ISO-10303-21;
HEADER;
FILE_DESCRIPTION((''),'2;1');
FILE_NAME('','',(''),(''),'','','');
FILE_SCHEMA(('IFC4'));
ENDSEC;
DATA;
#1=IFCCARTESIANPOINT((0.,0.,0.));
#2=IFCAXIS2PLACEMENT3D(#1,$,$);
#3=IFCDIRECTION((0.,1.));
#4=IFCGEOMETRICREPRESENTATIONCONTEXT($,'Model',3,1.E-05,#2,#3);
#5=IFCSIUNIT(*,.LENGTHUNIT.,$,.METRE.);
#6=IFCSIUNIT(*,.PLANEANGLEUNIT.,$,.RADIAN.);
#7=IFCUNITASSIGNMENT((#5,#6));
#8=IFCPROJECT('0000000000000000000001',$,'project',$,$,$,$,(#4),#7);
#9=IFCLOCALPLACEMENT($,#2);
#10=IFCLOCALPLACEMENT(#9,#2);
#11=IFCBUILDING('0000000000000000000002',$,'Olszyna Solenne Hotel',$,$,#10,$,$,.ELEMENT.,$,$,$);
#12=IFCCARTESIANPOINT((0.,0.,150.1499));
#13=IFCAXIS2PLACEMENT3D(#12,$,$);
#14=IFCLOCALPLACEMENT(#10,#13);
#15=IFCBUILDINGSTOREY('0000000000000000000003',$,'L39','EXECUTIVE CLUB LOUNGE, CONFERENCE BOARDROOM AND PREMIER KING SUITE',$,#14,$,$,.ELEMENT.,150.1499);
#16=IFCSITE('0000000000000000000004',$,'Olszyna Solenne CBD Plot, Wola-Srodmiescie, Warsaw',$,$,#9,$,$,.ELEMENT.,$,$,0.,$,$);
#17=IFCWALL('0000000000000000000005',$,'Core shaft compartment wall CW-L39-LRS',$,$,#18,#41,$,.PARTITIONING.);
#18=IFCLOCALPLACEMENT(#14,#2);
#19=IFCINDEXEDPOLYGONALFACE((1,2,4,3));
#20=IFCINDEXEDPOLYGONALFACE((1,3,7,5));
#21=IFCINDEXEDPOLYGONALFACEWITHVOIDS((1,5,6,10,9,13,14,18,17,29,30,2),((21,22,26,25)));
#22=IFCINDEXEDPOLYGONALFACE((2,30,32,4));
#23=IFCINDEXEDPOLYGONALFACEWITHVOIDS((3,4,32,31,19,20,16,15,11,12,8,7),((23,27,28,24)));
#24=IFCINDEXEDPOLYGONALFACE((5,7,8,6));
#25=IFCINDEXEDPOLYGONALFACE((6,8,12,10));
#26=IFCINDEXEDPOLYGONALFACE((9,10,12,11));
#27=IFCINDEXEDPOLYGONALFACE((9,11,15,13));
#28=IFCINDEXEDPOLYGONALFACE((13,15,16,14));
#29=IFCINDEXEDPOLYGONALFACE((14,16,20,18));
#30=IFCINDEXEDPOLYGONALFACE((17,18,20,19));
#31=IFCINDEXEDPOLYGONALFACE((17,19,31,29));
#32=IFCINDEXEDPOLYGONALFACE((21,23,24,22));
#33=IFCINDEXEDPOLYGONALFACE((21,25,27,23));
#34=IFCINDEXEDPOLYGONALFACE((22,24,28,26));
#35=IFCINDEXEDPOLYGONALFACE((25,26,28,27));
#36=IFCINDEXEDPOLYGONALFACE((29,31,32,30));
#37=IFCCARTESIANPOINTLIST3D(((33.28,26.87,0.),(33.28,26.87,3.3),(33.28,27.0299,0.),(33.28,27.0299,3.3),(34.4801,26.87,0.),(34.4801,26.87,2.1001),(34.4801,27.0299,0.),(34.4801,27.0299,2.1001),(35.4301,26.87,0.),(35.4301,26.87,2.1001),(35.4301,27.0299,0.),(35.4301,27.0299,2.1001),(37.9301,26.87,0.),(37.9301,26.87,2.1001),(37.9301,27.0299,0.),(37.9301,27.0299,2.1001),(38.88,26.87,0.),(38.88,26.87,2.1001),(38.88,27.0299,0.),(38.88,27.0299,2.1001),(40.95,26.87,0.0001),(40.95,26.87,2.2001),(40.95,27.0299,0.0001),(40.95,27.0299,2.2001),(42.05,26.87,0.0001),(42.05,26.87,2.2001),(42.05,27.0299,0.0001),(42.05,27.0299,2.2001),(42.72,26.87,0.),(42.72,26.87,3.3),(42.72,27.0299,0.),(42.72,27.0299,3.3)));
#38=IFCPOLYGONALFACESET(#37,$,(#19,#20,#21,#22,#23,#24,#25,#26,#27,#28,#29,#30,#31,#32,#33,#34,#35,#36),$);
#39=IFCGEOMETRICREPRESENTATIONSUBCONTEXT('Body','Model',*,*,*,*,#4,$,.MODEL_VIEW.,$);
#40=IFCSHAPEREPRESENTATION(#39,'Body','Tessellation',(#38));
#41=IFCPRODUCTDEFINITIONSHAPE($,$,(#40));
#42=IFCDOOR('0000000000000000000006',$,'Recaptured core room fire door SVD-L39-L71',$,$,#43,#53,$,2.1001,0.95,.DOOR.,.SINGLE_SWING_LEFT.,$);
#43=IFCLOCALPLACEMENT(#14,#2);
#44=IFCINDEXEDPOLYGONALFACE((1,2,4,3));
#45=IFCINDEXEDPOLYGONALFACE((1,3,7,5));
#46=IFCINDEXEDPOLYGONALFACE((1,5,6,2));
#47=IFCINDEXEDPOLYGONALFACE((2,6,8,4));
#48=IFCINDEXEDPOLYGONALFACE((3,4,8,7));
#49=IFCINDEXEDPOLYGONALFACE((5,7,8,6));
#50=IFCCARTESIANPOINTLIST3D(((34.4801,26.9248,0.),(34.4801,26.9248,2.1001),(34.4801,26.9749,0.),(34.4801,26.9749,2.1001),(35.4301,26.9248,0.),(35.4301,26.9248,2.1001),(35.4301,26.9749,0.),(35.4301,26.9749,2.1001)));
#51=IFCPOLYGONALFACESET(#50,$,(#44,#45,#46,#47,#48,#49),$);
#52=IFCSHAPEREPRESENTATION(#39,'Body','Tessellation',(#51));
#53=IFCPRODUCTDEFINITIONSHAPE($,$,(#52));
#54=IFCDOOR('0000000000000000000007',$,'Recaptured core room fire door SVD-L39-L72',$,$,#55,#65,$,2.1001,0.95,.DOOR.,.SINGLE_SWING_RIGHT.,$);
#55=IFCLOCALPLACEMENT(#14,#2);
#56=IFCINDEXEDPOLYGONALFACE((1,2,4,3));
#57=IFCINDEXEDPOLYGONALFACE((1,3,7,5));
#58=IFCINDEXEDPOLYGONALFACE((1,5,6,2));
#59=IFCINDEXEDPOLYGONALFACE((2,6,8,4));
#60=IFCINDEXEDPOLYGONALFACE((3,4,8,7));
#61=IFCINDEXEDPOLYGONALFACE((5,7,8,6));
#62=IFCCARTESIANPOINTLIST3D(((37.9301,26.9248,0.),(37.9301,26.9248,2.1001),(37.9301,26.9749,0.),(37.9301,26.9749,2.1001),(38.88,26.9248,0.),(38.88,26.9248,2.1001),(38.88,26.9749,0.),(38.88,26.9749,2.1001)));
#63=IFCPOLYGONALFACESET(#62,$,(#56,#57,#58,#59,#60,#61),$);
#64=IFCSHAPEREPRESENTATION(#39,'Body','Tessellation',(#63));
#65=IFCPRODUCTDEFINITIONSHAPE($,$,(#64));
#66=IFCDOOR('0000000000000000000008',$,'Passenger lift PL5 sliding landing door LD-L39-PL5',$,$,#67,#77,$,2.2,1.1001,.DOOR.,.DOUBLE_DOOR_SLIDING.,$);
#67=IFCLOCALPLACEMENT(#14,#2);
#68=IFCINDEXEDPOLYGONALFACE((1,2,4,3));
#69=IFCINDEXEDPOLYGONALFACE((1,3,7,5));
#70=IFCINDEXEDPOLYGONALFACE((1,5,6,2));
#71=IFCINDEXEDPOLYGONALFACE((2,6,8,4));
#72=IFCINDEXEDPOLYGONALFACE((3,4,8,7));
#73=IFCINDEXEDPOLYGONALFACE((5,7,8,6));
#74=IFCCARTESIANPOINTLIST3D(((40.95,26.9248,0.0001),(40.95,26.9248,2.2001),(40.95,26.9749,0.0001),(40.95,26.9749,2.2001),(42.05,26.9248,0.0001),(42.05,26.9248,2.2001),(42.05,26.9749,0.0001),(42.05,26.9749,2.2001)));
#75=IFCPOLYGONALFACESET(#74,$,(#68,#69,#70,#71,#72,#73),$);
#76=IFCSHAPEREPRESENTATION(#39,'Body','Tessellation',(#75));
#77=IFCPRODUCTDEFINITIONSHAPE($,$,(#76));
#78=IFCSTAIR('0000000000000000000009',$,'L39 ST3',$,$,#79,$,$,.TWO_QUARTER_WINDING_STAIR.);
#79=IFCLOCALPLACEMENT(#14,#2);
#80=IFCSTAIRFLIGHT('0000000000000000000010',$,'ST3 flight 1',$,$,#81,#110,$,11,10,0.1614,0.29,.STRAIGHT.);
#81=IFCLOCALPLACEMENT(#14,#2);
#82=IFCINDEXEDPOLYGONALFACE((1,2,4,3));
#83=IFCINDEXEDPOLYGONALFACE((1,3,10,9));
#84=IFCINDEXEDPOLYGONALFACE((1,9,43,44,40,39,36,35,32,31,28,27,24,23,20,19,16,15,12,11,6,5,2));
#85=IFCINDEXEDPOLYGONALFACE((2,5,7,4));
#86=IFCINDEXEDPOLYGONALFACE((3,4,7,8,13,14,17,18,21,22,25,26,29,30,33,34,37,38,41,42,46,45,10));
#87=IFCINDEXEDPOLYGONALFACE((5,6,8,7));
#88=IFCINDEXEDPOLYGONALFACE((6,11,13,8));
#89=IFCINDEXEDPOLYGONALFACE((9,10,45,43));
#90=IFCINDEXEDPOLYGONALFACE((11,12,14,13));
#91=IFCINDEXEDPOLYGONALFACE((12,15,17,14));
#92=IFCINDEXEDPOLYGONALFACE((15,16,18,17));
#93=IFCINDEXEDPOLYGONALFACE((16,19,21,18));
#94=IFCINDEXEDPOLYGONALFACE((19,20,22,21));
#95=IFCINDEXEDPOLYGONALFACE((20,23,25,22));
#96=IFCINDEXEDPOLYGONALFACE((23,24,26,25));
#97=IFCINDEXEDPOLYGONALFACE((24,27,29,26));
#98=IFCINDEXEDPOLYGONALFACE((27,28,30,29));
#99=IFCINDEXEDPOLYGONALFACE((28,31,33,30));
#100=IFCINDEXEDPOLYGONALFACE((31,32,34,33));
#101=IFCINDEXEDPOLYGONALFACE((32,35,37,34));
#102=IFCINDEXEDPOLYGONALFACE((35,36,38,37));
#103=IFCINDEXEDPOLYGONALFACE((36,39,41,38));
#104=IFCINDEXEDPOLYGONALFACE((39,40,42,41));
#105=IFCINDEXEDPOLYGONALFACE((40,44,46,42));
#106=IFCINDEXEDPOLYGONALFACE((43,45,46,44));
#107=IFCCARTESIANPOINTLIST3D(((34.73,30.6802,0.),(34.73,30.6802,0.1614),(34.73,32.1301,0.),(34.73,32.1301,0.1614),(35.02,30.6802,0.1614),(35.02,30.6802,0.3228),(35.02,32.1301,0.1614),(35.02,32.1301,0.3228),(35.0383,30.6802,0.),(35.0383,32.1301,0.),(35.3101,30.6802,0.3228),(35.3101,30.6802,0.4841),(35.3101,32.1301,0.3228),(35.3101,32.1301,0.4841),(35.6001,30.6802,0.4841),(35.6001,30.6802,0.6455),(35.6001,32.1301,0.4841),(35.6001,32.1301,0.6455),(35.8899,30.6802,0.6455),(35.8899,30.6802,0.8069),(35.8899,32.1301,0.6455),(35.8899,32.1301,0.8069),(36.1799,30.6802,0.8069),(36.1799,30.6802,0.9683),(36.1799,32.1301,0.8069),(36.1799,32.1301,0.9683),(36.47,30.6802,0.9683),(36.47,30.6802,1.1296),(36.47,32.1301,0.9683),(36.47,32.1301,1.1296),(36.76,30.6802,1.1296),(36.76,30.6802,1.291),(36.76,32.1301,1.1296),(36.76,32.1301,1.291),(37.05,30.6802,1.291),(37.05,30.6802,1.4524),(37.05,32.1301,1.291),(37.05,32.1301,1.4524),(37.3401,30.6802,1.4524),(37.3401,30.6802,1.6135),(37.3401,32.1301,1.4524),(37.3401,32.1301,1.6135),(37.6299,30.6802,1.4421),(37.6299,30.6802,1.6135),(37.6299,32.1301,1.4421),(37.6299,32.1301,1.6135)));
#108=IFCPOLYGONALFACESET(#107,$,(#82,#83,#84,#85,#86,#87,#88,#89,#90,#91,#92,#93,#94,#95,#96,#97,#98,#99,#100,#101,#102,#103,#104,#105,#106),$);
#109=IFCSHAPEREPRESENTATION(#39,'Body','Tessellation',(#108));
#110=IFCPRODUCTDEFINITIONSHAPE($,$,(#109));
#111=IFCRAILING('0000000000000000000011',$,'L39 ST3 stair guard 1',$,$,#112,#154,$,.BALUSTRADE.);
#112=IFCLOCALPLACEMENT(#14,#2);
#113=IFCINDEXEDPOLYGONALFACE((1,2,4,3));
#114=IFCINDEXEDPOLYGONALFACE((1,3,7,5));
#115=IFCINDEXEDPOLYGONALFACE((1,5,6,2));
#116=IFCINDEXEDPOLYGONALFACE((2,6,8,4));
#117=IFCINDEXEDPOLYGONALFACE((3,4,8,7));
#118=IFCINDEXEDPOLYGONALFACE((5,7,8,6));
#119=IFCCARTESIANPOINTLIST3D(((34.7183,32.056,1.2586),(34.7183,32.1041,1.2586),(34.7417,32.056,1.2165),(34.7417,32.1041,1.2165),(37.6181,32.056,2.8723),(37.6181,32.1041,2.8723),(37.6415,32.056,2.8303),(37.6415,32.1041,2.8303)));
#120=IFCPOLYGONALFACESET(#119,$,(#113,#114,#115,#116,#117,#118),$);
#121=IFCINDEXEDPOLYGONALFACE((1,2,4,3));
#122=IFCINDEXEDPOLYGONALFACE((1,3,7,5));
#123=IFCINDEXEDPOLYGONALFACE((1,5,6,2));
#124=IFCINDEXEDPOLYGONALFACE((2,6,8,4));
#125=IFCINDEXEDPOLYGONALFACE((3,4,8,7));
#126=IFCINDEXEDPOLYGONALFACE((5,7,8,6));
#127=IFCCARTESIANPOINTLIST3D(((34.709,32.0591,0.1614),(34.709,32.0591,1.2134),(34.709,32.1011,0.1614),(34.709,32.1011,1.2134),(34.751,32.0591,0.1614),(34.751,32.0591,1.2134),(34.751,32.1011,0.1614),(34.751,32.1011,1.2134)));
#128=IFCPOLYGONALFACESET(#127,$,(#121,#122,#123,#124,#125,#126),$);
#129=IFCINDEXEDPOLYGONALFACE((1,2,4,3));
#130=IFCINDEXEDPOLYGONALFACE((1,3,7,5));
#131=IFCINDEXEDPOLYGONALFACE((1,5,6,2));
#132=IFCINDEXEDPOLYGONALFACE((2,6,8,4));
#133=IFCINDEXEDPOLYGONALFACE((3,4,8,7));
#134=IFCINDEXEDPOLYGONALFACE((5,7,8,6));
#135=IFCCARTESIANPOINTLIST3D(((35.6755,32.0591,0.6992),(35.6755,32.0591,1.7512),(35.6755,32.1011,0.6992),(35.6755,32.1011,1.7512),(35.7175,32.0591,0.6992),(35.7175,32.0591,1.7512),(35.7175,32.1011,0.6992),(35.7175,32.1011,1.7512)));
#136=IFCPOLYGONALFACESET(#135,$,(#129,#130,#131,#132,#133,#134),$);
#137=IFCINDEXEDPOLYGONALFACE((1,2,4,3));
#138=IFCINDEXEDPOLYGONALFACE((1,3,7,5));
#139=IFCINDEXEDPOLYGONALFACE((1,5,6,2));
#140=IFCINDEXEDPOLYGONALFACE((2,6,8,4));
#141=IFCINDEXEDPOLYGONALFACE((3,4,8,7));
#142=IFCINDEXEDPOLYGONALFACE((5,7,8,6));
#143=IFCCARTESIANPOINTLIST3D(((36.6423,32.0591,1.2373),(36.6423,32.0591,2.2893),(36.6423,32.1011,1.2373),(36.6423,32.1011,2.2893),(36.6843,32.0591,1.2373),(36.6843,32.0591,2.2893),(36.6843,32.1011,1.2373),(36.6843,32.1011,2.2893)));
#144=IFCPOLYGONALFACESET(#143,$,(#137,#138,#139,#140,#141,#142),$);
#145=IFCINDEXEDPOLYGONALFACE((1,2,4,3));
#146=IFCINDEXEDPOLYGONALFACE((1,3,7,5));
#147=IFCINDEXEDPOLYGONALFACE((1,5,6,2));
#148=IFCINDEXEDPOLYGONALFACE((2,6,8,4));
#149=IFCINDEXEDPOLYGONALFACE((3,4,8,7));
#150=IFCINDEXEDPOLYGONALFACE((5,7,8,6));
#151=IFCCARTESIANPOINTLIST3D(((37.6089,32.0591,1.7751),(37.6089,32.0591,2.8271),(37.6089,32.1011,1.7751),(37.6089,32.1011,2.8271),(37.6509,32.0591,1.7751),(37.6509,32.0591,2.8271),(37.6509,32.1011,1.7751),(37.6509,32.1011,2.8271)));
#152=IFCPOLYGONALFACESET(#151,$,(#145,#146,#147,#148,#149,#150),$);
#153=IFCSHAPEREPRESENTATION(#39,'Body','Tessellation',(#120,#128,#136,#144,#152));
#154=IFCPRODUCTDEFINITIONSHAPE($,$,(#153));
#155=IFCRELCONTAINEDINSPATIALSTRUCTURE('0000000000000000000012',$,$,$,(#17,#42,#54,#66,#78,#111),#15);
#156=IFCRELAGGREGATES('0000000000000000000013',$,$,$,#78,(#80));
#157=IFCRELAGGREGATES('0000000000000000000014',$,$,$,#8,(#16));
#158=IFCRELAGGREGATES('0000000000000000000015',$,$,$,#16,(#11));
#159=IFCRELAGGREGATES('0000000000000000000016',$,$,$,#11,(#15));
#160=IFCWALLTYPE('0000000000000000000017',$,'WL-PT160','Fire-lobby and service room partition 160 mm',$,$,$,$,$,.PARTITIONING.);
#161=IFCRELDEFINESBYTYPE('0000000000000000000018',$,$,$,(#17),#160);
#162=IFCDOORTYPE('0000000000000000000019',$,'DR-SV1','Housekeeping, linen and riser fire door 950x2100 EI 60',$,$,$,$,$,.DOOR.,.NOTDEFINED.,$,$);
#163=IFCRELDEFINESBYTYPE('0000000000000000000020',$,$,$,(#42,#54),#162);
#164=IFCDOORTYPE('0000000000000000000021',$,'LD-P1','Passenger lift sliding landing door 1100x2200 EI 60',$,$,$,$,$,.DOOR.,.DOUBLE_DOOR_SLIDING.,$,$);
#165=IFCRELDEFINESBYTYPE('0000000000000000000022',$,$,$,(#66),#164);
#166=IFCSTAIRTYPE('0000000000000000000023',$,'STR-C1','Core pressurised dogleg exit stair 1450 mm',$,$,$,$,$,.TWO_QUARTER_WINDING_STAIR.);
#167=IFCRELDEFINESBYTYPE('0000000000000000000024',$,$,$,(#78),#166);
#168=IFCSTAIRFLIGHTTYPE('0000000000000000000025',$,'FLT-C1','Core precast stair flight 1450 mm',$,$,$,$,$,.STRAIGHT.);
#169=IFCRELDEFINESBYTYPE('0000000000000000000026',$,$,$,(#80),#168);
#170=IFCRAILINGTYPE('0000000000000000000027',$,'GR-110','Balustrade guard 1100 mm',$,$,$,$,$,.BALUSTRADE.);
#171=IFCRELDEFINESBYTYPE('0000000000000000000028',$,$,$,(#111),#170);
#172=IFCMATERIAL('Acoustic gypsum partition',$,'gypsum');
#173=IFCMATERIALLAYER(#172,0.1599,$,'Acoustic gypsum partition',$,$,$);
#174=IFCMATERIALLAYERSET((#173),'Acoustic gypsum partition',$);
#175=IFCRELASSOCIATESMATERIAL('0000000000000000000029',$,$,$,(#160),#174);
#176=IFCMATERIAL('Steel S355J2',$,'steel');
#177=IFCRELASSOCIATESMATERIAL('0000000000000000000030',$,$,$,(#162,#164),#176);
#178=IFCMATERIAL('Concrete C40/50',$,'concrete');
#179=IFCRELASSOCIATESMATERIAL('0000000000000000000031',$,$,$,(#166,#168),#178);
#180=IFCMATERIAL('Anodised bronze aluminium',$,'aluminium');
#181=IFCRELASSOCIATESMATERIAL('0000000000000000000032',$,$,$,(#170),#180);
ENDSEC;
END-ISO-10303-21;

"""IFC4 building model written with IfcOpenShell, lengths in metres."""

from ifc_helpers import new_model, si_unit, direction, frame, frame_2d, origin, origin_2d, place, context, subcontext, project, spatial, polyline, rectangle, outline, extrude, source, transform, mapped, material, layer, layer_set, type_object, type_shapes, element, fill, aggregate, save


model = new_model("IFC4")

# Units and contexts
model_context = context("Model", 3, precision=1e-05, world=origin(), true_north=direction((0.0, 1.0)))
body_context = subcontext(model_context, "Body", "Model", "MODEL_VIEW")
ifc_project = project(units=[si_unit("LENGTHUNIT", "METRE"), si_unit("PLANEANGLEUNIT", "RADIAN")], contexts=[model_context])

# Site, building, storey
site_placement = place(None, origin())
site = spatial("IfcSite", under=ifc_project, at=site_placement, Name="Olszyna Solenne CBD Plot, Wola-Srodmiescie, Warsaw", CompositionType="ELEMENT", RefElevation=0.0)
building_placement = place(site_placement, origin())
building = spatial("IfcBuilding", under=site, at=building_placement, Name="Olszyna Solenne Hotel", CompositionType="ELEMENT")
storey_placement = place(building_placement, frame((0.0, 0.0, 150.1499)))
storey = spatial("IfcBuildingStorey", under=building, at=storey_placement, Name="L39", Description="EXECUTIVE CLUB LOUNGE, CONFERENCE BOARDROOM AND PREMIER KING SUITE", CompositionType="ELEMENT", Elevation=150.1499)

# Shared definitions
ifc_material_1 = material(Name="Steel S355J2", Category="steel")

# Shared definitions
ifc_material_2 = material(Name="Acoustic gypsum partition", Category="gypsum")
ifc_layer = layer(ifc_material_2, 0.1599, Name="Acoustic gypsum partition")
ifc_layer_set = layer_set([ifc_layer], Name="Acoustic gypsum partition")
wall_type = type_object("IfcWallType", Name="WL-PT160", Description="Fire-lobby and service room partition 160 mm", PredefinedType="PARTITIONING", material=ifc_layer_set)

# Wall, openings, doors
wall_1_placement = place(storey_placement, frame((33.28, 26.95, 0.0), z_axis=(0.0, 0.0, 1.0), x_axis=(1.0, 0.0, 0.0)))
wall_1 = element("IfcWall", 1, at=wall_1_placement, inside=storey, type_object=wall_type, Name="Core shaft compartment wall CW-L39-LRS", PredefinedType="PARTITIONING", context=body_context, shape_type="SweptSolid", body=[
    extrude(rectangle(XDim=9.4399, YDim=0.1599, at=frame_2d((4.72, 0.0))), origin(), (0.0, 0.0, 1.0), 3.3),
])
opening_1_placement = place(wall_1_placement, frame((1.2, 0.0, 0.0)))
opening_1 = element("IfcOpeningElement", 2, at=opening_1_placement, cuts=wall_1, PredefinedType="OPENING", context=body_context, shape_type="SweptSolid", body=[
    extrude(rectangle(XDim=0.95, YDim=2.1001, at=frame_2d((0.4751, 1.05))), frame((0.0, 0.0898, 0.0), z_axis=(0.0, -1.0, 0.0), x_axis=(1.0, 0.0, 0.0)), (0.0, 0.0, 1.0), 0.1799),
])
opening_2_placement = place(wall_1_placement, frame((4.6499, 0.0, 0.0)))
opening_2 = element("IfcOpeningElement", 3, at=opening_2_placement, cuts=wall_1, PredefinedType="OPENING", context=body_context, shape_type="SweptSolid", body=[
    extrude(rectangle(XDim=0.95, YDim=2.1001, at=frame_2d((0.4751, 1.05))), frame((0.0, 0.0898, 0.0), z_axis=(0.0, -1.0, 0.0), x_axis=(1.0, 0.0, 0.0)), (0.0, 0.0, 1.0), 0.1799),
])
opening_3_placement = place(wall_1_placement, frame((7.6699, 0.0, 0.0)))
opening_3 = element("IfcOpeningElement", 4, at=opening_3_placement, cuts=wall_1, PredefinedType="OPENING", context=body_context, shape_type="SweptSolid", body=[
    extrude(rectangle(XDim=1.1001, YDim=2.2, at=frame_2d((0.55, 1.1001))), frame((0.0, 0.0898, 0.0), z_axis=(0.0, -1.0, 0.0), x_axis=(1.0, 0.0, 0.0)), (0.0, 0.0, 1.0), 0.1799),
])
door_type_1 = type_object("IfcDoorType", Name="DR-SV1", Description="Housekeeping, linen and riser fire door 950x2100 EI 60", OperationType="NOTDEFINED", PredefinedType="DOOR", material=ifc_material_1)
shared_shape_1 = source(origin(), body_context, "Body", "SweptSolid", [
    extrude(rectangle(XDim=0.95, YDim=2.1001, at=frame_2d((0.4751, 1.05))), frame((0.0, 0.0249, 0.0), z_axis=(0.0, -1.0, 0.0), x_axis=(1.0, 0.0, 0.0)), (0.0, 0.0, 1.0), 0.05),
])
type_shapes(door_type_1, [shared_shape_1])
door_1_placement = place(opening_1_placement, origin())
door_1 = element("IfcDoor", 5, at=door_1_placement, inside=storey, type_object=door_type_1, Name="Recaptured core room fire door SVD-L39-L71", OperationType="SINGLE_SWING_LEFT", OverallHeight=2.1001, OverallWidth=0.95, PredefinedType="DOOR", context=body_context, shape_type="MappedRepresentation", body=[
    mapped(shared_shape_1, transform((0.0, 0.0, 0.0), x_axis=(1.0, 0.0, 0.0), y_axis=(0.0, 1.0, 0.0), z_axis=(0.0, 0.0, 1.0), scale=1.0)),
])
fill(opening_1, door_1)
door_2_placement = place(opening_2_placement, origin())
door_2 = element("IfcDoor", 6, at=door_2_placement, inside=storey, type_object=door_type_1, Name="Recaptured core room fire door SVD-L39-L72", OperationType="SINGLE_SWING_RIGHT", OverallHeight=2.1001, OverallWidth=0.95, PredefinedType="DOOR", context=body_context, shape_type="MappedRepresentation", body=[
    mapped(shared_shape_1, transform((0.0, 0.0, 0.0), x_axis=(1.0, 0.0, 0.0), y_axis=(0.0, 1.0, 0.0), z_axis=(0.0, 0.0, 1.0), scale=1.0)),
])
fill(opening_2, door_2)
door_type_2 = type_object("IfcDoorType", Name="LD-P1", Description="Passenger lift sliding landing door 1100x2200 EI 60", OperationType="DOUBLE_DOOR_SLIDING", PredefinedType="DOOR", material=ifc_material_1)
shared_shape_2 = source(origin(), body_context, "Body", "SweptSolid", [
    extrude(rectangle(XDim=1.1001, YDim=2.2, at=frame_2d((0.55, 1.1001))), frame((0.0, 0.0249, 0.0), z_axis=(0.0, -1.0, 0.0), x_axis=(1.0, 0.0, 0.0)), (0.0, 0.0, 1.0), 0.05),
])
type_shapes(door_type_2, [shared_shape_2])
door_3_placement = place(opening_3_placement, origin())
door_3 = element("IfcDoor", 7, at=door_3_placement, inside=storey, type_object=door_type_2, Name="Passenger lift PL5 sliding landing door LD-L39-PL5", OperationType="DOUBLE_DOOR_SLIDING", OverallHeight=2.2, OverallWidth=1.1001, PredefinedType="DOOR", context=body_context, shape_type="MappedRepresentation", body=[
    mapped(shared_shape_2, transform((0.0, 0.0, 0.0), x_axis=(1.0, 0.0, 0.0), y_axis=(0.0, 1.0, 0.0), z_axis=(0.0, 0.0, 1.0), scale=1.0)),
])
fill(opening_3, door_3)

# Stair, stair flight
ifc_material_3 = material(Name="Concrete C40/50", Category="concrete")
stair_type = type_object("IfcStairType", Name="STR-C1", Description="Core pressurised dogleg exit stair 1450 mm", PredefinedType="TWO_QUARTER_WINDING_STAIR", material=ifc_material_3)
stair_placement = place(storey_placement, origin())
stair = element("IfcStair", 8, at=stair_placement, inside=storey, type_object=stair_type, Name="L39 ST3", PredefinedType="TWO_QUARTER_WINDING_STAIR")
stair_flight_type = type_object("IfcStairFlightType", Name="FLT-C1", Description="Core precast stair flight 1450 mm", PredefinedType="STRAIGHT", material=ifc_material_3)
stair_flight_placement = place(storey_placement, frame((34.73, 31.405, 0.0), z_axis=(0.0, 0.0, 1.0), x_axis=(1.0, 0.0, 0.0)))
stair_flight = element("IfcStairFlight", 9, at=stair_flight_placement, type_object=stair_flight_type, Name="ST3 flight 1", NumberOfRisers=11, NumberOfTreads=10, PredefinedType="STRAIGHT", RiserHeight=0.1614, TreadLength=0.29, context=body_context, shape_type="SweptSolid", body=[
    extrude(outline(polyline([(0.0, 0.0), (0.0, 0.1614), (0.29, 0.1614), (0.29, 0.3228), (0.5801, 0.3228), (0.5801, 0.4841), (0.8701, 0.4841), (0.8701, 0.6455), (1.1599, 0.6455), (1.1599, 0.8069), (1.45, 0.8069), (1.45, 0.9683), (1.74, 0.9683), (1.74, 1.1296), (2.03, 1.1296), (2.03, 1.291), (2.3201, 1.291), (2.3201, 1.4524), (2.6101, 1.4524), (2.6101, 1.6135), (2.8999, 1.6135), (2.8999, 1.7749), (2.8999, 1.4421), (0.3083, 0.0), (0.0, 0.0)])), frame((0.0, 0.7251, 0.0), z_axis=(0.0, -1.0, 0.0), x_axis=(1.0, 0.0, 0.0)), (0.0, 0.0, 1.0), 1.45),
])
aggregate(stair, [stair_flight])

# Railing
ifc_material_4 = material(Name="Anodised bronze aluminium", Category="aluminium")
railing_type_1 = type_object("IfcRailingType", Name="GR-110", Description="Balustrade guard 1100 mm", PredefinedType="BALUSTRADE", material=ifc_material_4)
railing_1_placement = place(storey_placement, frame((34.73, 32.0801, 0.1614)))
element("IfcRailing", 10, at=railing_1_placement, inside=storey, type_object=railing_type_1, Name="L39 ST3 stair guard 1", PredefinedType="BALUSTRADE", context=body_context, shape_type="SweptSolid", body=[
    extrude(rectangle(XDim=0.0481, YDim=0.0481, at=origin_2d()), frame((0.0, 0.0, 1.0762), z_axis=(0.87381, 0.0, 0.486267), x_axis=(0.0, 1.0, 0.0)), (0.0, 0.0, 1.0), 3.3186),
    extrude(rectangle(XDim=0.042, YDim=0.042, at=origin_2d()), origin(), (0.0, 0.0, 1.0), 1.052),
    extrude(rectangle(XDim=0.042, YDim=0.042, at=origin_2d()), frame((0.9666, 0.0, 0.5378)), (0.0, 0.0, 1.0), 1.052),
    extrude(rectangle(XDim=0.042, YDim=0.042, at=origin_2d()), frame((1.9333, 0.0, 1.0759)), (0.0, 0.0, 1.0), 1.052),
    extrude(rectangle(XDim=0.042, YDim=0.042, at=origin_2d()), frame((2.8999, 0.0, 1.6138)), (0.0, 0.0, 1.0), 1.052),
])

save(model, "model.ifc")
